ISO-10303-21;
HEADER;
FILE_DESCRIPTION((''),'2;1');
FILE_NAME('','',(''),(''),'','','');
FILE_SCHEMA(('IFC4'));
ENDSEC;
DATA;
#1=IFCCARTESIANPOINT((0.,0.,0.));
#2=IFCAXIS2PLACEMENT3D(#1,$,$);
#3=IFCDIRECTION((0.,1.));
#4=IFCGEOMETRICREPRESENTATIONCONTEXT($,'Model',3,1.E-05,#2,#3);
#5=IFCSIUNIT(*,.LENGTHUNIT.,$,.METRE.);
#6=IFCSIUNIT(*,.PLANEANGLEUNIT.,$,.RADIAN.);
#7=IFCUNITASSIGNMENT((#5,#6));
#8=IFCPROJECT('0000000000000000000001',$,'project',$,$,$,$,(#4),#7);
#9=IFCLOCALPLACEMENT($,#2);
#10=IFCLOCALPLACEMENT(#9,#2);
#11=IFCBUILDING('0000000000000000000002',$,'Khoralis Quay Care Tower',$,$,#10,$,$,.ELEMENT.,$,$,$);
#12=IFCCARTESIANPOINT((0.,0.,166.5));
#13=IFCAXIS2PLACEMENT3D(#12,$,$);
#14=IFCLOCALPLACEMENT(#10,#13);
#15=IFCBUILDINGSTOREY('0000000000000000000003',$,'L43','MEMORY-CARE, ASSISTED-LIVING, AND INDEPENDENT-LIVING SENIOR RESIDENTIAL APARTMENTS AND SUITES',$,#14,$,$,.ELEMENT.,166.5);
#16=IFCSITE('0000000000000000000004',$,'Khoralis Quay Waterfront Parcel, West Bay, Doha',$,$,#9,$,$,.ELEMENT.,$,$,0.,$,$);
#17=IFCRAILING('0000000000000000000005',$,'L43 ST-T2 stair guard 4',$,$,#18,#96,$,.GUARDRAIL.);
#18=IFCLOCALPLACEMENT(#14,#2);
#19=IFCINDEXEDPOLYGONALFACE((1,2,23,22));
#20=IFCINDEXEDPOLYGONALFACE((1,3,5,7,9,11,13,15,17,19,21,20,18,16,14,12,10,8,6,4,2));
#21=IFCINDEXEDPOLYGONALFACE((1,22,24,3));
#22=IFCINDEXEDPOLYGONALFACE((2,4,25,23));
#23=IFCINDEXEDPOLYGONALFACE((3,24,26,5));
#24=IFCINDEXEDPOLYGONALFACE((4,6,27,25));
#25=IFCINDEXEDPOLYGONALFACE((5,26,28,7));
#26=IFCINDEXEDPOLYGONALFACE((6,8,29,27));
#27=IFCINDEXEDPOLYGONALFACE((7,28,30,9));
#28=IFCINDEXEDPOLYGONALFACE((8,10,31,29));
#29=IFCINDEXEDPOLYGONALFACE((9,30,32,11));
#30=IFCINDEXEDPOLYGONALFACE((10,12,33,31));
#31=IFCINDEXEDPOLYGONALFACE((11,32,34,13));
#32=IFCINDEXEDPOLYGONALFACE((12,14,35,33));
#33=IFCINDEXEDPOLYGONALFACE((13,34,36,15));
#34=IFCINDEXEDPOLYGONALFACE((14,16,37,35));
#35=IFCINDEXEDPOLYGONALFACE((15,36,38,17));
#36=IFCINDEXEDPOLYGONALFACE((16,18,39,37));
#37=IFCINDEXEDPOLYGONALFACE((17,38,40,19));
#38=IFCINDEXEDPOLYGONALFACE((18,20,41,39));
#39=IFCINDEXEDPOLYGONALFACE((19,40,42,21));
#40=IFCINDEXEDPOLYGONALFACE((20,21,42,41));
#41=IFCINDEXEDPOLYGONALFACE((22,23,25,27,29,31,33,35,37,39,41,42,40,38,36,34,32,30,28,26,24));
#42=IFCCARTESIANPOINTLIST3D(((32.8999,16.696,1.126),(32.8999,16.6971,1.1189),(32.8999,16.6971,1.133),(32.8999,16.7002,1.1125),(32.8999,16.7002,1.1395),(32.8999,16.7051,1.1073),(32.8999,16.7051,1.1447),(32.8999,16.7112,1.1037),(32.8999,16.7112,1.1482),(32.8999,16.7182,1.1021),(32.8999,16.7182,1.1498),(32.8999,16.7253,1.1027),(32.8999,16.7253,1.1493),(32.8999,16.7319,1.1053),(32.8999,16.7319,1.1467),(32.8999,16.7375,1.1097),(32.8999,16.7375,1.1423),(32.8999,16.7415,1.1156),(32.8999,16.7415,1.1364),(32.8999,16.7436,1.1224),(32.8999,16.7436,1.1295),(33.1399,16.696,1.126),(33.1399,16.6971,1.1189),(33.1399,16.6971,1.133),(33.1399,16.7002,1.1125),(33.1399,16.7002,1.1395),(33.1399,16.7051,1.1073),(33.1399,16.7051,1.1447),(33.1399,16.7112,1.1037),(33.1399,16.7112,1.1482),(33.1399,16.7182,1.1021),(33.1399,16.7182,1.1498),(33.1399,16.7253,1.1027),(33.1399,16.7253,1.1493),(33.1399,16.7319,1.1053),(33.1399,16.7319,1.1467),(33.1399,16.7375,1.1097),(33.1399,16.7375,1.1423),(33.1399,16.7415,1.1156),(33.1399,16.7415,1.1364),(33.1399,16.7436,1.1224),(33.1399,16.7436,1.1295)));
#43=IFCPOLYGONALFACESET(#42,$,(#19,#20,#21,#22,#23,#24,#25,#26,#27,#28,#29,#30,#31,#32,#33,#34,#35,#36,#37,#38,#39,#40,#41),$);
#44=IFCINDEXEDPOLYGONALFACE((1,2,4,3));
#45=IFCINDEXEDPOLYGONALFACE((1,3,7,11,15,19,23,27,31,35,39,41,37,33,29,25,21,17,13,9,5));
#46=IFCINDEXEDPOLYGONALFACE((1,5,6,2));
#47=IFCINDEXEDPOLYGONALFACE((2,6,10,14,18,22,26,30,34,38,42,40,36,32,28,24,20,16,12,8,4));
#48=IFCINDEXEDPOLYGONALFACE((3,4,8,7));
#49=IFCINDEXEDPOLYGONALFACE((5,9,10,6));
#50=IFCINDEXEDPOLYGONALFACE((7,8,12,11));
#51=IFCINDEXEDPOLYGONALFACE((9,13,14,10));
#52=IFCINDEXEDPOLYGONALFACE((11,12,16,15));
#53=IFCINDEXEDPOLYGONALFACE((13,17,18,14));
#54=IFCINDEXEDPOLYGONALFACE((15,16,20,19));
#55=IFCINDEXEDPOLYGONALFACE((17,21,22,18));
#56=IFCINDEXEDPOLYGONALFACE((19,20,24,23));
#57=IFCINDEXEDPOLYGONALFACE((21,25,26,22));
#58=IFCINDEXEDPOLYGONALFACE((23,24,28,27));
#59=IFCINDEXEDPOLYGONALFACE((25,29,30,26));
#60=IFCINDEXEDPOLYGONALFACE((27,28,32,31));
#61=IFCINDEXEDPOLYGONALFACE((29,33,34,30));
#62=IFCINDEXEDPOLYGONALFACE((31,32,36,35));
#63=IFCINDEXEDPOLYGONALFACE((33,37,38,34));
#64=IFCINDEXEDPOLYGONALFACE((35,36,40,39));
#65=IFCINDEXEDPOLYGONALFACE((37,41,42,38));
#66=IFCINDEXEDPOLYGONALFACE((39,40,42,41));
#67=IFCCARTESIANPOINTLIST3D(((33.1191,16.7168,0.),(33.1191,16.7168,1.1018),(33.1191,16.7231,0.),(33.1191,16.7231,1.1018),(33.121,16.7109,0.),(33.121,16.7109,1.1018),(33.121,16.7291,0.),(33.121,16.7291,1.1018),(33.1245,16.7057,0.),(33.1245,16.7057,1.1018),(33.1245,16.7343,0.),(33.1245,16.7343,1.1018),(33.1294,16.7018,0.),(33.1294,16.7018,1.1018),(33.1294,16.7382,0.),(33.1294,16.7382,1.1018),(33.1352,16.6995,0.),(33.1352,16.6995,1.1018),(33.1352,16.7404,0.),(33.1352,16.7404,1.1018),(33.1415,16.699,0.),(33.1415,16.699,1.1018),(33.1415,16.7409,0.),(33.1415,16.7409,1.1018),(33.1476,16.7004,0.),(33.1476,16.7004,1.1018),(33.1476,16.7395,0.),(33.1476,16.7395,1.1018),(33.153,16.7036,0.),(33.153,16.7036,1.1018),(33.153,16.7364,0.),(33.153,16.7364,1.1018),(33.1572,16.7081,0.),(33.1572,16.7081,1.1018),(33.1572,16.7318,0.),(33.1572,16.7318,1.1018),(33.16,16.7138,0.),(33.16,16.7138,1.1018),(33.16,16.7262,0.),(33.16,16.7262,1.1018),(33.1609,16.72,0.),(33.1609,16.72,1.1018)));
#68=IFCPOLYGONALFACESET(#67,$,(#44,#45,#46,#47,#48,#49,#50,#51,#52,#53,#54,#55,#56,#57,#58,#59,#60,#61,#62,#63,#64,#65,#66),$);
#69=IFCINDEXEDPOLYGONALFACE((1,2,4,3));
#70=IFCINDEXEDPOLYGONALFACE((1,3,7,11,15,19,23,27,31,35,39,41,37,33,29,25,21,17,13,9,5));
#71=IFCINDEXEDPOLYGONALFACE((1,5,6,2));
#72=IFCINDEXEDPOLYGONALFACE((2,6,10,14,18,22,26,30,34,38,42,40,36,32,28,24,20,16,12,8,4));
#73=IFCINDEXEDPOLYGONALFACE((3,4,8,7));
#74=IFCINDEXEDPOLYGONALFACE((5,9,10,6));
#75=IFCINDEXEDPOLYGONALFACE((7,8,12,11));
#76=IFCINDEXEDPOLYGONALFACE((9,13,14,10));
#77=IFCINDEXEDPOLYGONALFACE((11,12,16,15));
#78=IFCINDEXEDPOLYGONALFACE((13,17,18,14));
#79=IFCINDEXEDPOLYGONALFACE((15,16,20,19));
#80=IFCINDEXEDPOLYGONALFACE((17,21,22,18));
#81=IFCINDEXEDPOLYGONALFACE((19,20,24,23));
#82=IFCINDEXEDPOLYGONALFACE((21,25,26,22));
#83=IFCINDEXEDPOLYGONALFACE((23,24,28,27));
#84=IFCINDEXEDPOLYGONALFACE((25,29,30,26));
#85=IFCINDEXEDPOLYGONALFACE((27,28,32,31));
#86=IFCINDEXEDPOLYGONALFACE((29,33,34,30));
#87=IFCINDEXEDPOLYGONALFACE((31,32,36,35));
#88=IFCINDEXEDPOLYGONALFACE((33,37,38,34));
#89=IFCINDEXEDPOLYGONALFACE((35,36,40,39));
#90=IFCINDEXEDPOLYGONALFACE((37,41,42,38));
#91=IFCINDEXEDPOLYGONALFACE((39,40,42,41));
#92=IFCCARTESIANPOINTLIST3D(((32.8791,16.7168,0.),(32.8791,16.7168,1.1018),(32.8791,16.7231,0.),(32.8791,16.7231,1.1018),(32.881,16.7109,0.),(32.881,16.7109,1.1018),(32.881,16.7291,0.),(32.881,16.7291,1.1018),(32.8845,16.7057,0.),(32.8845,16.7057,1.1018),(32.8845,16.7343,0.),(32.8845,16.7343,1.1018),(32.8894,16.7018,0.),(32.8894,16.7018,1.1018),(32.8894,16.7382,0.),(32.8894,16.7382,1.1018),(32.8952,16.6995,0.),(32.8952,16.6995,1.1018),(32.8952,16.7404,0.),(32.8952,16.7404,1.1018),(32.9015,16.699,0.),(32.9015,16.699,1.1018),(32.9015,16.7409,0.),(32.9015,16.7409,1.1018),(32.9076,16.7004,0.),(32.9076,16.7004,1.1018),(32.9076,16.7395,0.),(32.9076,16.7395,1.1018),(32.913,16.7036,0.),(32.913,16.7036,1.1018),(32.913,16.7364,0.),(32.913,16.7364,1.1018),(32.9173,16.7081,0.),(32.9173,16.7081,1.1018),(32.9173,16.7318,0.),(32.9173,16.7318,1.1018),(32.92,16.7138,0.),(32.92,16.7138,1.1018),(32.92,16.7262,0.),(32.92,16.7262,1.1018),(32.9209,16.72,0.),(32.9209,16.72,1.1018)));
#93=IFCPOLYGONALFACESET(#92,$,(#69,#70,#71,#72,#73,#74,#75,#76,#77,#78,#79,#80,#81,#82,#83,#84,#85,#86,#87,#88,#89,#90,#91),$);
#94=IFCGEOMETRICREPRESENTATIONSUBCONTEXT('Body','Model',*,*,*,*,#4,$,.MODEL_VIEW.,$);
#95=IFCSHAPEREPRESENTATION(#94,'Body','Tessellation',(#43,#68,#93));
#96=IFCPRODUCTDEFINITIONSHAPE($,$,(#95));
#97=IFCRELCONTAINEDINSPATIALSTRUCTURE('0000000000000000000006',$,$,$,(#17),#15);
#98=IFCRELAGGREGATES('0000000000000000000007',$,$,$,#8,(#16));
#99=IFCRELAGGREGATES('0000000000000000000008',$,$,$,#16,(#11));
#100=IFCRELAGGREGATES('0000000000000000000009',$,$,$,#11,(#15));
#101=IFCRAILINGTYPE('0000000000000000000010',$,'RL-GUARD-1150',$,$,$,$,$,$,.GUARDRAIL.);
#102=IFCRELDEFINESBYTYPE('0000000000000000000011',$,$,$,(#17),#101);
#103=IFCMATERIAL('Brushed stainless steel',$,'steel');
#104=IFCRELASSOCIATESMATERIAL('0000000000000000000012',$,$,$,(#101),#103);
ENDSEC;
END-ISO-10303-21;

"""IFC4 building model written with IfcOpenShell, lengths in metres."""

from ifc_helpers import new_model, si_unit, direction, frame, origin, origin_2d, place, context, subcontext, project, spatial, circle, extrude, material, type_object, element, save


model = new_model("IFC4")

# Units and contexts
model_context = context("Model", 3, precision=1e-05, world=origin(), true_north=direction((0.0, 1.0)))
body_context = subcontext(model_context, "Body", "Model", "MODEL_VIEW")
ifc_project = project(units=[si_unit("LENGTHUNIT", "METRE"), si_unit("PLANEANGLEUNIT", "RADIAN")], contexts=[model_context])

# Site, building, storey
site_placement = place(None, origin())
site = spatial("IfcSite", under=ifc_project, at=site_placement, Name="Khoralis Quay Waterfront Parcel, West Bay, Doha", CompositionType="ELEMENT", RefElevation=0.0)
building_placement = place(site_placement, origin())
building = spatial("IfcBuilding", under=site, at=building_placement, Name="Khoralis Quay Care Tower", CompositionType="ELEMENT")
storey_placement = place(building_placement, frame((0.0, 0.0, 166.5)))
storey = spatial("IfcBuildingStorey", under=building, at=storey_placement, Name="L43", Description="MEMORY-CARE, ASSISTED-LIVING, AND INDEPENDENT-LIVING SENIOR RESIDENTIAL APARTMENTS AND SUITES", CompositionType="ELEMENT", Elevation=166.5)

# Railing
ifc_material_1 = material(Name="Brushed stainless steel", Category="steel")
railing_type_1 = type_object("IfcRailingType", Name="RL-GUARD-1150", PredefinedType="GUARDRAIL", material=ifc_material_1)
railing_1_placement = place(storey_placement, frame((33.1399, 16.72, 0.0)))
element("IfcRailing", 1, at=railing_1_placement, inside=storey, type_object=railing_type_1, Name="L43 ST-T2 stair guard 4", PredefinedType="GUARDRAIL", context=body_context, shape_type="SweptSolid", body=[
    extrude(circle(Radius=0.0239, at=origin_2d()), frame((0.0, 0.0, 1.126), z_axis=(-1.0, 0.0, 0.0), x_axis=(0.0, -1.0, 0.0)), (0.0, 0.0, 1.0), 0.24),
    extrude(circle(Radius=0.021, at=origin_2d()), origin(), (0.0, 0.0, 1.0), 1.1018),
    extrude(circle(Radius=0.021, at=origin_2d()), frame((-0.24, 0.0, 0.0)), (0.0, 0.0, 1.0), 1.1018),
])

save(model, "model.ifc")
